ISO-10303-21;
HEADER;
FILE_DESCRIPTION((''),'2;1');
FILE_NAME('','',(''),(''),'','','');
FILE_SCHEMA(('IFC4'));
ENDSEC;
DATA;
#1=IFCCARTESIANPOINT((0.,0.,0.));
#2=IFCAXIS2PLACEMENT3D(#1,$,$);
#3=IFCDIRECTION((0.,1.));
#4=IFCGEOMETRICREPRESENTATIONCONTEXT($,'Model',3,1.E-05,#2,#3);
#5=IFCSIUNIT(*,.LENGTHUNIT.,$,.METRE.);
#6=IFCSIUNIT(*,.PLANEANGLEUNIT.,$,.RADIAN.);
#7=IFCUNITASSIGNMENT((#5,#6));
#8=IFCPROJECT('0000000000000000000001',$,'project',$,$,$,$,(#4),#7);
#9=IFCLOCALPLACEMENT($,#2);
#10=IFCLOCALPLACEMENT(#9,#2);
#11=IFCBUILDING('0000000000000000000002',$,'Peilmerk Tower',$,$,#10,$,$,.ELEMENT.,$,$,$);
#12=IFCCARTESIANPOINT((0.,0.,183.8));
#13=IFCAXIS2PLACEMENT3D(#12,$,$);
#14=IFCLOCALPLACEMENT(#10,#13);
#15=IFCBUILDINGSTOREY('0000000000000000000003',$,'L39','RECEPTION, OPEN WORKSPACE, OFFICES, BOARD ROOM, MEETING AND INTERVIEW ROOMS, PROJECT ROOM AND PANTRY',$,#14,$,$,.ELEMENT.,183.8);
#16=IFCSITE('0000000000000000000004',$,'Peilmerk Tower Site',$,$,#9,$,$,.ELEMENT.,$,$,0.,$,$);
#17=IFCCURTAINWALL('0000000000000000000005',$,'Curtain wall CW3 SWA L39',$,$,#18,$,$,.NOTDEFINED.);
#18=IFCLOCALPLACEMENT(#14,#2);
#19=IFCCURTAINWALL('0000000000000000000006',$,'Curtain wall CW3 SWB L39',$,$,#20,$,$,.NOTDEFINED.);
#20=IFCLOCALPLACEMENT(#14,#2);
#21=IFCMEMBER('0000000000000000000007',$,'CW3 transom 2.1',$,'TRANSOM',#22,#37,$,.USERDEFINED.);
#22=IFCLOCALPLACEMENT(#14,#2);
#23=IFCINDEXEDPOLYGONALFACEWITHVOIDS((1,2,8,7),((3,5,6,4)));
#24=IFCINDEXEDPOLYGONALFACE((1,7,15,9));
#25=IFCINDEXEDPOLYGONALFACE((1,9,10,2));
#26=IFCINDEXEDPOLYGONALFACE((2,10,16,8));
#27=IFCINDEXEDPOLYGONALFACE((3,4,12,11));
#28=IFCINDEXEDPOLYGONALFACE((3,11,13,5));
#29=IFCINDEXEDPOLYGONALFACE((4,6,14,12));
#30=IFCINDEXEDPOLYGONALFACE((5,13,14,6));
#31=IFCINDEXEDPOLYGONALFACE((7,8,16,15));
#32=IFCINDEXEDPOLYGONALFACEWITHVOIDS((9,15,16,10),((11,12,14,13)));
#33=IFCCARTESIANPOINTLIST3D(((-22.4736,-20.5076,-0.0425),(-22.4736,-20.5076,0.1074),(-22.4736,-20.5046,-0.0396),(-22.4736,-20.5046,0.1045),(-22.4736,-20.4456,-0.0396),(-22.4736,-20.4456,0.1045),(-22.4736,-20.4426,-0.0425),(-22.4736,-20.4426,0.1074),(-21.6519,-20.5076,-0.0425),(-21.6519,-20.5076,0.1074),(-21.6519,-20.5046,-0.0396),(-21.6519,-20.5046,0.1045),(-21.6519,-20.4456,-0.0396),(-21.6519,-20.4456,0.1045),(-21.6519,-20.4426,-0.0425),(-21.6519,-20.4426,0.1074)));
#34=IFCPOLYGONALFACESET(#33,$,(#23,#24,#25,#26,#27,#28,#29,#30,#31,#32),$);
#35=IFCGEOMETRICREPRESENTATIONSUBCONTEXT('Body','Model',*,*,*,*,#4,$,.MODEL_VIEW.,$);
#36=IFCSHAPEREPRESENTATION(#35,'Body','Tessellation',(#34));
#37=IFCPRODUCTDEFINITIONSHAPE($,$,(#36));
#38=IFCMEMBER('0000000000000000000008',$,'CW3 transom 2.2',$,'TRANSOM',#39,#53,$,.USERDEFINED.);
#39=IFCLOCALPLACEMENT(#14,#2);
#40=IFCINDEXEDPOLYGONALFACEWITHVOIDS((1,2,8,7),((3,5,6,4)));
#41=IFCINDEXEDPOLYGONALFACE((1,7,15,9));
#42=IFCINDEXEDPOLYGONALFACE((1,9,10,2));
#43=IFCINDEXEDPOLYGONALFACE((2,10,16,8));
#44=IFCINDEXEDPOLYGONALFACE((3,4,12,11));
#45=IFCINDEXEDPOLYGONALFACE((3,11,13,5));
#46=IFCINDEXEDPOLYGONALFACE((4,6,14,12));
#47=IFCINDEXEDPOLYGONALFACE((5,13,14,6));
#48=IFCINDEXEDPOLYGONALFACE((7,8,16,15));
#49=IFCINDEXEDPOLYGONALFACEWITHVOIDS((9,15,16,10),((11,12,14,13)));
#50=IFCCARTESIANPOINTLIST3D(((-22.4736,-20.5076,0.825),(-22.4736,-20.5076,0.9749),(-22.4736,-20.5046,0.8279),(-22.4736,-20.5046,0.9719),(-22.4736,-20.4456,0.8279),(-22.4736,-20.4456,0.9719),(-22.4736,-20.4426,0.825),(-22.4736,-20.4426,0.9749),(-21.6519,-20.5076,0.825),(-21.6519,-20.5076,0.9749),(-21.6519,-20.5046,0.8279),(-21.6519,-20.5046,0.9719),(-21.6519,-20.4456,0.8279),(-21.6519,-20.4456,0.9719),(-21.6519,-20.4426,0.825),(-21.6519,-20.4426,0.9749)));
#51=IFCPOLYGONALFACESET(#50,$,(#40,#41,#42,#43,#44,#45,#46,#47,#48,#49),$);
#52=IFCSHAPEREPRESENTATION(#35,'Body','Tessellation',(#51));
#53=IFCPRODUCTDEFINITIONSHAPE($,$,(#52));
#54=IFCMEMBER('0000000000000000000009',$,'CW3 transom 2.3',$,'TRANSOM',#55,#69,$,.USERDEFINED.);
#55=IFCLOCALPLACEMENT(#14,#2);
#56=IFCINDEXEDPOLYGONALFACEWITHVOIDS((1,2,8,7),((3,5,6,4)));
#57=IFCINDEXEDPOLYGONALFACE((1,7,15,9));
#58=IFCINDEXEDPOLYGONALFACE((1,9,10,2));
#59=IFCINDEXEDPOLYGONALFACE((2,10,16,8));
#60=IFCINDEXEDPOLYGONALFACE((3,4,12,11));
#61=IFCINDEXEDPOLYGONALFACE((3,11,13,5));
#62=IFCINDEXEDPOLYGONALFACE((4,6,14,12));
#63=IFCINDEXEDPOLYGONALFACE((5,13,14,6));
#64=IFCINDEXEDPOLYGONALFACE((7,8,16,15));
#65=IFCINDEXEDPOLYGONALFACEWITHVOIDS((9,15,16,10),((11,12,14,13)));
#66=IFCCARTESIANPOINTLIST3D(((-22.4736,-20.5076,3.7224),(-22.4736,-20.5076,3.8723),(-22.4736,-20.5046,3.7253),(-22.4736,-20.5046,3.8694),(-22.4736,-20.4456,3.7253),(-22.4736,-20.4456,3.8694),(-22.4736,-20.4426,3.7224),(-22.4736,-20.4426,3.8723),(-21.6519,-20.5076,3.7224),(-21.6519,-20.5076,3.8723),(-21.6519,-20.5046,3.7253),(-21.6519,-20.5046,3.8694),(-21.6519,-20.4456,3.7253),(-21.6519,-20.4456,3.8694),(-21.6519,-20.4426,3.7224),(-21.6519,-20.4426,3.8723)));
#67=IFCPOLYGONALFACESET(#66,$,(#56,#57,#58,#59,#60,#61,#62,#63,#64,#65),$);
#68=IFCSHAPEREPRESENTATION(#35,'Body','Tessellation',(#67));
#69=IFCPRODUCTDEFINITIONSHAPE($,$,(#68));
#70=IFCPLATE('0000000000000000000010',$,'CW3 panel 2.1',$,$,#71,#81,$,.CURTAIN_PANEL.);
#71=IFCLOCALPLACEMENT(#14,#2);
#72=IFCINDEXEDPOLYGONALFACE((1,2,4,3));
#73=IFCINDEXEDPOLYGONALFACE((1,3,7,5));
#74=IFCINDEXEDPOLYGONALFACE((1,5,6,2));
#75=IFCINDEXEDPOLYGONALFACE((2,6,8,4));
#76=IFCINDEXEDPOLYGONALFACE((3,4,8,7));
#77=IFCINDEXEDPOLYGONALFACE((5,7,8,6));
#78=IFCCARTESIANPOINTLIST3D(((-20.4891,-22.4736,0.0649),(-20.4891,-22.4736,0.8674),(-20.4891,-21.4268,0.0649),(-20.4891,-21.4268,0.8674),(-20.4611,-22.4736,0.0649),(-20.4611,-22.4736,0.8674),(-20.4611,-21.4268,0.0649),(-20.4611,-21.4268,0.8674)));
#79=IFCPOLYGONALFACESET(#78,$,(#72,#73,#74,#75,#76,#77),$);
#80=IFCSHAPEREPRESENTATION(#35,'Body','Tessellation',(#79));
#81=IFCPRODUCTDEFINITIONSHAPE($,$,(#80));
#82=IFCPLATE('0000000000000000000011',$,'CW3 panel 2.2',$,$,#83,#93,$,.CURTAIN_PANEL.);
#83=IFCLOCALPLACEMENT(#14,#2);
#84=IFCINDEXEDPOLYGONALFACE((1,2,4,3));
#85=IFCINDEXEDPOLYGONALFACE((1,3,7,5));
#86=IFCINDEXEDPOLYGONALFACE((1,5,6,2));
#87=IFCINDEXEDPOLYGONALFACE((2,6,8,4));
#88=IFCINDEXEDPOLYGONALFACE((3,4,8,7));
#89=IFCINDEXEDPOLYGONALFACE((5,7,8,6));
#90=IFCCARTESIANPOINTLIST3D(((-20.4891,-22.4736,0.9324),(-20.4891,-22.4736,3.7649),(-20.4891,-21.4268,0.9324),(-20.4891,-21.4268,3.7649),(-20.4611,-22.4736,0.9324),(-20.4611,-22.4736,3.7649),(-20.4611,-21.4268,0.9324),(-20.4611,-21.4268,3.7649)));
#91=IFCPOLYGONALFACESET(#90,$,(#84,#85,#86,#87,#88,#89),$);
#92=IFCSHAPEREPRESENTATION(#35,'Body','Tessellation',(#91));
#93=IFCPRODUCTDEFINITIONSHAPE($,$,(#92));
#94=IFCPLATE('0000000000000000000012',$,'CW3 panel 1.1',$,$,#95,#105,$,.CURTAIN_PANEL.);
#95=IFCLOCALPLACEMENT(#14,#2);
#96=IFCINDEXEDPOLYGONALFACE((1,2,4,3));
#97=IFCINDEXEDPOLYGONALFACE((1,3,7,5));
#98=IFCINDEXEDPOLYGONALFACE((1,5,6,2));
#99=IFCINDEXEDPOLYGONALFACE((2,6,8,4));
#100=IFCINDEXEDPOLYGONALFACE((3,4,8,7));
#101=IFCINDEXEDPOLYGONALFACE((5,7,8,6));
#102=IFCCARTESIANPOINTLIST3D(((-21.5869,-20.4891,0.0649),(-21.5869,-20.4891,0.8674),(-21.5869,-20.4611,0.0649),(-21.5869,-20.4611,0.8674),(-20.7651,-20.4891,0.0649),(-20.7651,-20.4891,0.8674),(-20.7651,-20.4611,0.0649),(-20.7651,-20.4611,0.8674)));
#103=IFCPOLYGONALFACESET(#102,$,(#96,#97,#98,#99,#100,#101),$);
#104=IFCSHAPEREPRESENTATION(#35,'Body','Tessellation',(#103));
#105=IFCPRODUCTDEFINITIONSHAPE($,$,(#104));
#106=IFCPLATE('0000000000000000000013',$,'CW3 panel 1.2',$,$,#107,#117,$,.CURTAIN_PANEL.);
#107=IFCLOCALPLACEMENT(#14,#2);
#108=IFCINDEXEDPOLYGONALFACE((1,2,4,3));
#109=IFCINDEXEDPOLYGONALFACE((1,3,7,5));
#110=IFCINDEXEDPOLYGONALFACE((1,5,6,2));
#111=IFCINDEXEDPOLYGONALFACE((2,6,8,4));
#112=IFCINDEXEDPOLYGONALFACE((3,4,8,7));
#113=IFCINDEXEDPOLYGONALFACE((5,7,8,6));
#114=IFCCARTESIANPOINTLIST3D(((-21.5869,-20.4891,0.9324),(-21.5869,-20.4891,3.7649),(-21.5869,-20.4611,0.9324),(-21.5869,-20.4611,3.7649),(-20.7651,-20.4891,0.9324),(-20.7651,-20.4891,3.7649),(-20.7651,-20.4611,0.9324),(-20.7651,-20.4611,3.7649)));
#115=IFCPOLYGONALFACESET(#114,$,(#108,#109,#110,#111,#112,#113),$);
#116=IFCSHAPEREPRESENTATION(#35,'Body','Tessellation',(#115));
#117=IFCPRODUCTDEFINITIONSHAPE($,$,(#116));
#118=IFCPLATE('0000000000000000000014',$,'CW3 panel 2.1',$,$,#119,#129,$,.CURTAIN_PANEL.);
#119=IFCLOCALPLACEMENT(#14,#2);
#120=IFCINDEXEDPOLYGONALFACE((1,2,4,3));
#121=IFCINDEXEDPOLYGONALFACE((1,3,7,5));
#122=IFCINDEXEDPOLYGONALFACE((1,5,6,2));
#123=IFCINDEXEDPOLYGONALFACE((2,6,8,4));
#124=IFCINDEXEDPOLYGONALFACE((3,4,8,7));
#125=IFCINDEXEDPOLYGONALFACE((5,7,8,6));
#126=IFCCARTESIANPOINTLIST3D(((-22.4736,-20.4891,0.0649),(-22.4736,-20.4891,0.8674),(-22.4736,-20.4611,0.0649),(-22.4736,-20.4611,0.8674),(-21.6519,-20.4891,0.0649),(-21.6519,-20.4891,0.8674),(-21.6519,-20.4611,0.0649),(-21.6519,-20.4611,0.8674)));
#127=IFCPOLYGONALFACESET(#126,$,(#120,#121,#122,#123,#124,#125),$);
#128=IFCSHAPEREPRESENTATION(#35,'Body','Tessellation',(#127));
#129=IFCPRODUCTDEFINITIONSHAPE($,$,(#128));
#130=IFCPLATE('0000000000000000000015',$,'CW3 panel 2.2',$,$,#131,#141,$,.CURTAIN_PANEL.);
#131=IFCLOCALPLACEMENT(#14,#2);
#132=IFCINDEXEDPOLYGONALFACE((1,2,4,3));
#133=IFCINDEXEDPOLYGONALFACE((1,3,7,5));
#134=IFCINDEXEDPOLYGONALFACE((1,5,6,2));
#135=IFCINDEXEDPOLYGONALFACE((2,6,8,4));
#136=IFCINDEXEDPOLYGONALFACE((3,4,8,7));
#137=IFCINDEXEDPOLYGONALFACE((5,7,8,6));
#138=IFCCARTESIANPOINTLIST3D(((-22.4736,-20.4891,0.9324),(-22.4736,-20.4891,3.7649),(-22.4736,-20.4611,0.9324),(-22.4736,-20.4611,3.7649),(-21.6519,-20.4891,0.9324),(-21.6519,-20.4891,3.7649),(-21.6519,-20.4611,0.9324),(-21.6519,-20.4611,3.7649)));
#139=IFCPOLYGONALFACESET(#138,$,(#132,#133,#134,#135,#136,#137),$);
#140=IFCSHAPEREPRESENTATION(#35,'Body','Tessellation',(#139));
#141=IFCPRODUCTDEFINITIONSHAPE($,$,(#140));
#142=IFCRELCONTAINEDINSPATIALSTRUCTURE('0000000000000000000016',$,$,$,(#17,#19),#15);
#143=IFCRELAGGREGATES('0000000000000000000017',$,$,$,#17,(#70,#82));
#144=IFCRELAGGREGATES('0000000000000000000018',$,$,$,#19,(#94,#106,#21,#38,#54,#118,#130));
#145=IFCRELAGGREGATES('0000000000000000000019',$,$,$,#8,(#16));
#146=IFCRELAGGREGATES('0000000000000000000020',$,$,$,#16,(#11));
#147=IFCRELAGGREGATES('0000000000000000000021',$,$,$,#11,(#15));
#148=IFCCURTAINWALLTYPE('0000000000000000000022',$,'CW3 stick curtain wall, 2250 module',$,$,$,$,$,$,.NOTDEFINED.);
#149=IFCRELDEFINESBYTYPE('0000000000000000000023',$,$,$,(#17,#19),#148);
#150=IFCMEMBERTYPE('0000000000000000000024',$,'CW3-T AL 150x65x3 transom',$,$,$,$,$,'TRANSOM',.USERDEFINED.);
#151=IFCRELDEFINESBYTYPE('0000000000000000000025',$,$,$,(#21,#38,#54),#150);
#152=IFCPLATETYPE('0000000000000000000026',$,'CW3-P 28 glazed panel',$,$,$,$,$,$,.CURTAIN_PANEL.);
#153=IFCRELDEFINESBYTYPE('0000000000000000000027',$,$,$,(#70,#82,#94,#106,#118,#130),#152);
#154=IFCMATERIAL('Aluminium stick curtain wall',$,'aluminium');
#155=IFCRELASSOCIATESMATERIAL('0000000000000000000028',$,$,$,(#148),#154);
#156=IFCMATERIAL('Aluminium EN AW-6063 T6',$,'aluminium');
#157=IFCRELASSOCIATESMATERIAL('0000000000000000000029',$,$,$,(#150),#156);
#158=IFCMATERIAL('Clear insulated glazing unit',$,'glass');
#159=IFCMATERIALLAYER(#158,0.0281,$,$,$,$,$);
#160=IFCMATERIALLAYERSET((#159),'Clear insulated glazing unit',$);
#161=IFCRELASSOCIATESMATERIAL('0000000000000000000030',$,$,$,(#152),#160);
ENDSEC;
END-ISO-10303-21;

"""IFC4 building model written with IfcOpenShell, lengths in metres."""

from ifc_helpers import new_model, si_unit, direction, frame, origin, origin_2d, place, context, subcontext, project, spatial, rectangle, hollow_rectangle, extrude, material, layer, layer_set, material_profile, profile_set, type_object, element, aggregate, save


model = new_model("IFC4")

# Units and contexts
model_context = context("Model", 3, precision=1e-05, world=origin(), true_north=direction((0.0, 1.0)))
body_context = subcontext(model_context, "Body", "Model", "MODEL_VIEW")
ifc_project = project(units=[si_unit("LENGTHUNIT", "METRE"), si_unit("PLANEANGLEUNIT", "RADIAN")], contexts=[model_context])

# Site, building, storey
site_placement = place(None, origin())
site = spatial("IfcSite", under=ifc_project, at=site_placement, Name="Peilmerk Tower Site", CompositionType="ELEMENT", RefElevation=0.0)
building_placement = place(site_placement, origin())
building = spatial("IfcBuilding", under=site, at=building_placement, Name="Peilmerk Tower", CompositionType="ELEMENT")
storey_placement = place(building_placement, frame((0.0, 0.0, 183.8)))
storey = spatial("IfcBuildingStorey", under=building, at=storey_placement, Name="L39", Description="RECEPTION, OPEN WORKSPACE, OFFICES, BOARD ROOM, MEETING AND INTERVIEW ROOMS, PROJECT ROOM AND PANTRY", CompositionType="ELEMENT", Elevation=183.8)

# Curtain wall
ifc_material_1 = material(Name="Aluminium stick curtain wall", Category="aluminium")
curtain_wall_type = type_object("IfcCurtainWallType", Name="CW3 stick curtain wall, 2250 module", PredefinedType="NOTDEFINED", material=ifc_material_1)
curtain_wall_1_placement = place(storey_placement, origin())
curtain_wall_1 = element("IfcCurtainWall", 1, at=curtain_wall_1_placement, inside=storey, type_object=curtain_wall_type, Name="Curtain wall CW3 SWA L39", PredefinedType="NOTDEFINED")
ifc_material_2 = material(Name="Aluminium EN AW-6063 T6", Category="aluminium")

# Curtain wall
curtain_wall_2_placement = place(storey_placement, origin())
curtain_wall_2 = element("IfcCurtainWall", 2, at=curtain_wall_2_placement, inside=storey, type_object=curtain_wall_type, Name="Curtain wall CW3 SWB L39", PredefinedType="NOTDEFINED")

# Members
ifc_material_profile_1 = material_profile(ifc_material_2, hollow_rectangle(XDim=0.0649, YDim=0.1499, WallThickness=0.0029, at=origin_2d()), Name="AL 150x65x3")
ifc_profile_set_1 = profile_set([ifc_material_profile_1], Name="Aluminium EN AW-6063 T6")
member_type_1 = type_object("IfcMemberType", Name="CW3-T AL 150x65x3 transom", ElementType="TRANSOM", PredefinedType="USERDEFINED", material=ifc_profile_set_1)
member_1_placement = place(storey_placement, frame((-21.6519, -20.4751, 0.0325), z_axis=(-1.0, 0.0, 0.0), x_axis=(0.0, -1.0, 0.0)))
member_1 = element("IfcMember", 3, at=member_1_placement, type_object=member_type_1, Name="CW3 transom 2.1", ObjectType="TRANSOM", PredefinedType="USERDEFINED", context=body_context, shape_type="SweptSolid", body=[
    extrude(hollow_rectangle(XDim=0.0649, YDim=0.1499, WallThickness=0.0029, at=origin_2d()), origin(), (0.0, 0.0, 1.0), 0.8218),
])
member_2_placement = place(storey_placement, frame((-21.6519, -20.4751, 0.8999), z_axis=(-1.0, 0.0, 0.0), x_axis=(0.0, -1.0, 0.0)))
member_2 = element("IfcMember", 4, at=member_2_placement, type_object=member_type_1, Name="CW3 transom 2.2", ObjectType="TRANSOM", PredefinedType="USERDEFINED", context=body_context, shape_type="SweptSolid", body=[
    extrude(hollow_rectangle(XDim=0.0649, YDim=0.1499, WallThickness=0.0029, at=origin_2d()), origin(), (0.0, 0.0, 1.0), 0.8218),
])
member_3_placement = place(storey_placement, frame((-21.6519, -20.4751, 3.7974), z_axis=(-1.0, 0.0, 0.0), x_axis=(0.0, -1.0, 0.0)))
member_3 = element("IfcMember", 5, at=member_3_placement, type_object=member_type_1, Name="CW3 transom 2.3", ObjectType="TRANSOM", PredefinedType="USERDEFINED", context=body_context, shape_type="SweptSolid", body=[
    extrude(hollow_rectangle(XDim=0.0649, YDim=0.1499, WallThickness=0.0029, at=origin_2d()), origin(), (0.0, 0.0, 1.0), 0.8218),
])

# Plates
ifc_material_3 = material(Name="Clear insulated glazing unit", Category="glass")
ifc_layer_1 = layer(ifc_material_3, 0.0281)
ifc_layer_set_1 = layer_set([ifc_layer_1], Name="Clear insulated glazing unit")
plate_type = type_object("IfcPlateType", Name="CW3-P 28 glazed panel", PredefinedType="CURTAIN_PANEL", material=ifc_layer_set_1)
plate_1_placement = place(storey_placement, frame((-20.4751, -21.9502, 0.0649), z_axis=(0.0, 0.0, 1.0), x_axis=(0.0, -1.0, 0.0)))
plate_1 = element("IfcPlate", 6, at=plate_1_placement, type_object=plate_type, Name="CW3 panel 2.1", PredefinedType="CURTAIN_PANEL", context=body_context, shape_type="SweptSolid", body=[
    extrude(rectangle(XDim=1.0469, YDim=0.0281, at=origin_2d()), origin(), (0.0, 0.0, 1.0), 0.8025),
])
plate_2_placement = place(storey_placement, frame((-20.4751, -21.9502, 0.9324), z_axis=(0.0, 0.0, 1.0), x_axis=(0.0, -1.0, 0.0)))
plate_2 = element("IfcPlate", 7, at=plate_2_placement, type_object=plate_type, Name="CW3 panel 2.2", PredefinedType="CURTAIN_PANEL", context=body_context, shape_type="SweptSolid", body=[
    extrude(rectangle(XDim=1.0469, YDim=0.0281, at=origin_2d()), origin(), (0.0, 0.0, 1.0), 2.8325),
])
aggregate(curtain_wall_1, [plate_1, plate_2])
plate_3_placement = place(storey_placement, frame((-21.176, -20.4751, 0.0649), z_axis=(0.0, 0.0, 1.0), x_axis=(-1.0, 0.0, 0.0)))
plate_3 = element("IfcPlate", 8, at=plate_3_placement, type_object=plate_type, Name="CW3 panel 1.1", PredefinedType="CURTAIN_PANEL", context=body_context, shape_type="SweptSolid", body=[
    extrude(rectangle(XDim=0.8218, YDim=0.0281, at=origin_2d()), origin(), (0.0, 0.0, 1.0), 0.8025),
])
plate_4_placement = place(storey_placement, frame((-21.176, -20.4751, 0.9324), z_axis=(0.0, 0.0, 1.0), x_axis=(-1.0, 0.0, 0.0)))
plate_4 = element("IfcPlate", 9, at=plate_4_placement, type_object=plate_type, Name="CW3 panel 1.2", PredefinedType="CURTAIN_PANEL", context=body_context, shape_type="SweptSolid", body=[
    extrude(rectangle(XDim=0.8218, YDim=0.0281, at=origin_2d()), origin(), (0.0, 0.0, 1.0), 2.8325),
])
plate_5_placement = place(storey_placement, frame((-22.0627, -20.4751, 0.0649), z_axis=(0.0, 0.0, 1.0), x_axis=(-1.0, 0.0, 0.0)))
plate_5 = element("IfcPlate", 10, at=plate_5_placement, type_object=plate_type, Name="CW3 panel 2.1", PredefinedType="CURTAIN_PANEL", context=body_context, shape_type="SweptSolid", body=[
    extrude(rectangle(XDim=0.8218, YDim=0.0281, at=origin_2d()), origin(), (0.0, 0.0, 1.0), 0.8025),
])
plate_6_placement = place(storey_placement, frame((-22.0627, -20.4751, 0.9324), z_axis=(0.0, 0.0, 1.0), x_axis=(-1.0, 0.0, 0.0)))
plate_6 = element("IfcPlate", 11, at=plate_6_placement, type_object=plate_type, Name="CW3 panel 2.2", PredefinedType="CURTAIN_PANEL", context=body_context, shape_type="SweptSolid", body=[
    extrude(rectangle(XDim=0.8218, YDim=0.0281, at=origin_2d()), origin(), (0.0, 0.0, 1.0), 2.8325),
])
aggregate(curtain_wall_2, [plate_3, plate_4, member_1, member_2, member_3, plate_5, plate_6])

save(model, "model.ifc")
